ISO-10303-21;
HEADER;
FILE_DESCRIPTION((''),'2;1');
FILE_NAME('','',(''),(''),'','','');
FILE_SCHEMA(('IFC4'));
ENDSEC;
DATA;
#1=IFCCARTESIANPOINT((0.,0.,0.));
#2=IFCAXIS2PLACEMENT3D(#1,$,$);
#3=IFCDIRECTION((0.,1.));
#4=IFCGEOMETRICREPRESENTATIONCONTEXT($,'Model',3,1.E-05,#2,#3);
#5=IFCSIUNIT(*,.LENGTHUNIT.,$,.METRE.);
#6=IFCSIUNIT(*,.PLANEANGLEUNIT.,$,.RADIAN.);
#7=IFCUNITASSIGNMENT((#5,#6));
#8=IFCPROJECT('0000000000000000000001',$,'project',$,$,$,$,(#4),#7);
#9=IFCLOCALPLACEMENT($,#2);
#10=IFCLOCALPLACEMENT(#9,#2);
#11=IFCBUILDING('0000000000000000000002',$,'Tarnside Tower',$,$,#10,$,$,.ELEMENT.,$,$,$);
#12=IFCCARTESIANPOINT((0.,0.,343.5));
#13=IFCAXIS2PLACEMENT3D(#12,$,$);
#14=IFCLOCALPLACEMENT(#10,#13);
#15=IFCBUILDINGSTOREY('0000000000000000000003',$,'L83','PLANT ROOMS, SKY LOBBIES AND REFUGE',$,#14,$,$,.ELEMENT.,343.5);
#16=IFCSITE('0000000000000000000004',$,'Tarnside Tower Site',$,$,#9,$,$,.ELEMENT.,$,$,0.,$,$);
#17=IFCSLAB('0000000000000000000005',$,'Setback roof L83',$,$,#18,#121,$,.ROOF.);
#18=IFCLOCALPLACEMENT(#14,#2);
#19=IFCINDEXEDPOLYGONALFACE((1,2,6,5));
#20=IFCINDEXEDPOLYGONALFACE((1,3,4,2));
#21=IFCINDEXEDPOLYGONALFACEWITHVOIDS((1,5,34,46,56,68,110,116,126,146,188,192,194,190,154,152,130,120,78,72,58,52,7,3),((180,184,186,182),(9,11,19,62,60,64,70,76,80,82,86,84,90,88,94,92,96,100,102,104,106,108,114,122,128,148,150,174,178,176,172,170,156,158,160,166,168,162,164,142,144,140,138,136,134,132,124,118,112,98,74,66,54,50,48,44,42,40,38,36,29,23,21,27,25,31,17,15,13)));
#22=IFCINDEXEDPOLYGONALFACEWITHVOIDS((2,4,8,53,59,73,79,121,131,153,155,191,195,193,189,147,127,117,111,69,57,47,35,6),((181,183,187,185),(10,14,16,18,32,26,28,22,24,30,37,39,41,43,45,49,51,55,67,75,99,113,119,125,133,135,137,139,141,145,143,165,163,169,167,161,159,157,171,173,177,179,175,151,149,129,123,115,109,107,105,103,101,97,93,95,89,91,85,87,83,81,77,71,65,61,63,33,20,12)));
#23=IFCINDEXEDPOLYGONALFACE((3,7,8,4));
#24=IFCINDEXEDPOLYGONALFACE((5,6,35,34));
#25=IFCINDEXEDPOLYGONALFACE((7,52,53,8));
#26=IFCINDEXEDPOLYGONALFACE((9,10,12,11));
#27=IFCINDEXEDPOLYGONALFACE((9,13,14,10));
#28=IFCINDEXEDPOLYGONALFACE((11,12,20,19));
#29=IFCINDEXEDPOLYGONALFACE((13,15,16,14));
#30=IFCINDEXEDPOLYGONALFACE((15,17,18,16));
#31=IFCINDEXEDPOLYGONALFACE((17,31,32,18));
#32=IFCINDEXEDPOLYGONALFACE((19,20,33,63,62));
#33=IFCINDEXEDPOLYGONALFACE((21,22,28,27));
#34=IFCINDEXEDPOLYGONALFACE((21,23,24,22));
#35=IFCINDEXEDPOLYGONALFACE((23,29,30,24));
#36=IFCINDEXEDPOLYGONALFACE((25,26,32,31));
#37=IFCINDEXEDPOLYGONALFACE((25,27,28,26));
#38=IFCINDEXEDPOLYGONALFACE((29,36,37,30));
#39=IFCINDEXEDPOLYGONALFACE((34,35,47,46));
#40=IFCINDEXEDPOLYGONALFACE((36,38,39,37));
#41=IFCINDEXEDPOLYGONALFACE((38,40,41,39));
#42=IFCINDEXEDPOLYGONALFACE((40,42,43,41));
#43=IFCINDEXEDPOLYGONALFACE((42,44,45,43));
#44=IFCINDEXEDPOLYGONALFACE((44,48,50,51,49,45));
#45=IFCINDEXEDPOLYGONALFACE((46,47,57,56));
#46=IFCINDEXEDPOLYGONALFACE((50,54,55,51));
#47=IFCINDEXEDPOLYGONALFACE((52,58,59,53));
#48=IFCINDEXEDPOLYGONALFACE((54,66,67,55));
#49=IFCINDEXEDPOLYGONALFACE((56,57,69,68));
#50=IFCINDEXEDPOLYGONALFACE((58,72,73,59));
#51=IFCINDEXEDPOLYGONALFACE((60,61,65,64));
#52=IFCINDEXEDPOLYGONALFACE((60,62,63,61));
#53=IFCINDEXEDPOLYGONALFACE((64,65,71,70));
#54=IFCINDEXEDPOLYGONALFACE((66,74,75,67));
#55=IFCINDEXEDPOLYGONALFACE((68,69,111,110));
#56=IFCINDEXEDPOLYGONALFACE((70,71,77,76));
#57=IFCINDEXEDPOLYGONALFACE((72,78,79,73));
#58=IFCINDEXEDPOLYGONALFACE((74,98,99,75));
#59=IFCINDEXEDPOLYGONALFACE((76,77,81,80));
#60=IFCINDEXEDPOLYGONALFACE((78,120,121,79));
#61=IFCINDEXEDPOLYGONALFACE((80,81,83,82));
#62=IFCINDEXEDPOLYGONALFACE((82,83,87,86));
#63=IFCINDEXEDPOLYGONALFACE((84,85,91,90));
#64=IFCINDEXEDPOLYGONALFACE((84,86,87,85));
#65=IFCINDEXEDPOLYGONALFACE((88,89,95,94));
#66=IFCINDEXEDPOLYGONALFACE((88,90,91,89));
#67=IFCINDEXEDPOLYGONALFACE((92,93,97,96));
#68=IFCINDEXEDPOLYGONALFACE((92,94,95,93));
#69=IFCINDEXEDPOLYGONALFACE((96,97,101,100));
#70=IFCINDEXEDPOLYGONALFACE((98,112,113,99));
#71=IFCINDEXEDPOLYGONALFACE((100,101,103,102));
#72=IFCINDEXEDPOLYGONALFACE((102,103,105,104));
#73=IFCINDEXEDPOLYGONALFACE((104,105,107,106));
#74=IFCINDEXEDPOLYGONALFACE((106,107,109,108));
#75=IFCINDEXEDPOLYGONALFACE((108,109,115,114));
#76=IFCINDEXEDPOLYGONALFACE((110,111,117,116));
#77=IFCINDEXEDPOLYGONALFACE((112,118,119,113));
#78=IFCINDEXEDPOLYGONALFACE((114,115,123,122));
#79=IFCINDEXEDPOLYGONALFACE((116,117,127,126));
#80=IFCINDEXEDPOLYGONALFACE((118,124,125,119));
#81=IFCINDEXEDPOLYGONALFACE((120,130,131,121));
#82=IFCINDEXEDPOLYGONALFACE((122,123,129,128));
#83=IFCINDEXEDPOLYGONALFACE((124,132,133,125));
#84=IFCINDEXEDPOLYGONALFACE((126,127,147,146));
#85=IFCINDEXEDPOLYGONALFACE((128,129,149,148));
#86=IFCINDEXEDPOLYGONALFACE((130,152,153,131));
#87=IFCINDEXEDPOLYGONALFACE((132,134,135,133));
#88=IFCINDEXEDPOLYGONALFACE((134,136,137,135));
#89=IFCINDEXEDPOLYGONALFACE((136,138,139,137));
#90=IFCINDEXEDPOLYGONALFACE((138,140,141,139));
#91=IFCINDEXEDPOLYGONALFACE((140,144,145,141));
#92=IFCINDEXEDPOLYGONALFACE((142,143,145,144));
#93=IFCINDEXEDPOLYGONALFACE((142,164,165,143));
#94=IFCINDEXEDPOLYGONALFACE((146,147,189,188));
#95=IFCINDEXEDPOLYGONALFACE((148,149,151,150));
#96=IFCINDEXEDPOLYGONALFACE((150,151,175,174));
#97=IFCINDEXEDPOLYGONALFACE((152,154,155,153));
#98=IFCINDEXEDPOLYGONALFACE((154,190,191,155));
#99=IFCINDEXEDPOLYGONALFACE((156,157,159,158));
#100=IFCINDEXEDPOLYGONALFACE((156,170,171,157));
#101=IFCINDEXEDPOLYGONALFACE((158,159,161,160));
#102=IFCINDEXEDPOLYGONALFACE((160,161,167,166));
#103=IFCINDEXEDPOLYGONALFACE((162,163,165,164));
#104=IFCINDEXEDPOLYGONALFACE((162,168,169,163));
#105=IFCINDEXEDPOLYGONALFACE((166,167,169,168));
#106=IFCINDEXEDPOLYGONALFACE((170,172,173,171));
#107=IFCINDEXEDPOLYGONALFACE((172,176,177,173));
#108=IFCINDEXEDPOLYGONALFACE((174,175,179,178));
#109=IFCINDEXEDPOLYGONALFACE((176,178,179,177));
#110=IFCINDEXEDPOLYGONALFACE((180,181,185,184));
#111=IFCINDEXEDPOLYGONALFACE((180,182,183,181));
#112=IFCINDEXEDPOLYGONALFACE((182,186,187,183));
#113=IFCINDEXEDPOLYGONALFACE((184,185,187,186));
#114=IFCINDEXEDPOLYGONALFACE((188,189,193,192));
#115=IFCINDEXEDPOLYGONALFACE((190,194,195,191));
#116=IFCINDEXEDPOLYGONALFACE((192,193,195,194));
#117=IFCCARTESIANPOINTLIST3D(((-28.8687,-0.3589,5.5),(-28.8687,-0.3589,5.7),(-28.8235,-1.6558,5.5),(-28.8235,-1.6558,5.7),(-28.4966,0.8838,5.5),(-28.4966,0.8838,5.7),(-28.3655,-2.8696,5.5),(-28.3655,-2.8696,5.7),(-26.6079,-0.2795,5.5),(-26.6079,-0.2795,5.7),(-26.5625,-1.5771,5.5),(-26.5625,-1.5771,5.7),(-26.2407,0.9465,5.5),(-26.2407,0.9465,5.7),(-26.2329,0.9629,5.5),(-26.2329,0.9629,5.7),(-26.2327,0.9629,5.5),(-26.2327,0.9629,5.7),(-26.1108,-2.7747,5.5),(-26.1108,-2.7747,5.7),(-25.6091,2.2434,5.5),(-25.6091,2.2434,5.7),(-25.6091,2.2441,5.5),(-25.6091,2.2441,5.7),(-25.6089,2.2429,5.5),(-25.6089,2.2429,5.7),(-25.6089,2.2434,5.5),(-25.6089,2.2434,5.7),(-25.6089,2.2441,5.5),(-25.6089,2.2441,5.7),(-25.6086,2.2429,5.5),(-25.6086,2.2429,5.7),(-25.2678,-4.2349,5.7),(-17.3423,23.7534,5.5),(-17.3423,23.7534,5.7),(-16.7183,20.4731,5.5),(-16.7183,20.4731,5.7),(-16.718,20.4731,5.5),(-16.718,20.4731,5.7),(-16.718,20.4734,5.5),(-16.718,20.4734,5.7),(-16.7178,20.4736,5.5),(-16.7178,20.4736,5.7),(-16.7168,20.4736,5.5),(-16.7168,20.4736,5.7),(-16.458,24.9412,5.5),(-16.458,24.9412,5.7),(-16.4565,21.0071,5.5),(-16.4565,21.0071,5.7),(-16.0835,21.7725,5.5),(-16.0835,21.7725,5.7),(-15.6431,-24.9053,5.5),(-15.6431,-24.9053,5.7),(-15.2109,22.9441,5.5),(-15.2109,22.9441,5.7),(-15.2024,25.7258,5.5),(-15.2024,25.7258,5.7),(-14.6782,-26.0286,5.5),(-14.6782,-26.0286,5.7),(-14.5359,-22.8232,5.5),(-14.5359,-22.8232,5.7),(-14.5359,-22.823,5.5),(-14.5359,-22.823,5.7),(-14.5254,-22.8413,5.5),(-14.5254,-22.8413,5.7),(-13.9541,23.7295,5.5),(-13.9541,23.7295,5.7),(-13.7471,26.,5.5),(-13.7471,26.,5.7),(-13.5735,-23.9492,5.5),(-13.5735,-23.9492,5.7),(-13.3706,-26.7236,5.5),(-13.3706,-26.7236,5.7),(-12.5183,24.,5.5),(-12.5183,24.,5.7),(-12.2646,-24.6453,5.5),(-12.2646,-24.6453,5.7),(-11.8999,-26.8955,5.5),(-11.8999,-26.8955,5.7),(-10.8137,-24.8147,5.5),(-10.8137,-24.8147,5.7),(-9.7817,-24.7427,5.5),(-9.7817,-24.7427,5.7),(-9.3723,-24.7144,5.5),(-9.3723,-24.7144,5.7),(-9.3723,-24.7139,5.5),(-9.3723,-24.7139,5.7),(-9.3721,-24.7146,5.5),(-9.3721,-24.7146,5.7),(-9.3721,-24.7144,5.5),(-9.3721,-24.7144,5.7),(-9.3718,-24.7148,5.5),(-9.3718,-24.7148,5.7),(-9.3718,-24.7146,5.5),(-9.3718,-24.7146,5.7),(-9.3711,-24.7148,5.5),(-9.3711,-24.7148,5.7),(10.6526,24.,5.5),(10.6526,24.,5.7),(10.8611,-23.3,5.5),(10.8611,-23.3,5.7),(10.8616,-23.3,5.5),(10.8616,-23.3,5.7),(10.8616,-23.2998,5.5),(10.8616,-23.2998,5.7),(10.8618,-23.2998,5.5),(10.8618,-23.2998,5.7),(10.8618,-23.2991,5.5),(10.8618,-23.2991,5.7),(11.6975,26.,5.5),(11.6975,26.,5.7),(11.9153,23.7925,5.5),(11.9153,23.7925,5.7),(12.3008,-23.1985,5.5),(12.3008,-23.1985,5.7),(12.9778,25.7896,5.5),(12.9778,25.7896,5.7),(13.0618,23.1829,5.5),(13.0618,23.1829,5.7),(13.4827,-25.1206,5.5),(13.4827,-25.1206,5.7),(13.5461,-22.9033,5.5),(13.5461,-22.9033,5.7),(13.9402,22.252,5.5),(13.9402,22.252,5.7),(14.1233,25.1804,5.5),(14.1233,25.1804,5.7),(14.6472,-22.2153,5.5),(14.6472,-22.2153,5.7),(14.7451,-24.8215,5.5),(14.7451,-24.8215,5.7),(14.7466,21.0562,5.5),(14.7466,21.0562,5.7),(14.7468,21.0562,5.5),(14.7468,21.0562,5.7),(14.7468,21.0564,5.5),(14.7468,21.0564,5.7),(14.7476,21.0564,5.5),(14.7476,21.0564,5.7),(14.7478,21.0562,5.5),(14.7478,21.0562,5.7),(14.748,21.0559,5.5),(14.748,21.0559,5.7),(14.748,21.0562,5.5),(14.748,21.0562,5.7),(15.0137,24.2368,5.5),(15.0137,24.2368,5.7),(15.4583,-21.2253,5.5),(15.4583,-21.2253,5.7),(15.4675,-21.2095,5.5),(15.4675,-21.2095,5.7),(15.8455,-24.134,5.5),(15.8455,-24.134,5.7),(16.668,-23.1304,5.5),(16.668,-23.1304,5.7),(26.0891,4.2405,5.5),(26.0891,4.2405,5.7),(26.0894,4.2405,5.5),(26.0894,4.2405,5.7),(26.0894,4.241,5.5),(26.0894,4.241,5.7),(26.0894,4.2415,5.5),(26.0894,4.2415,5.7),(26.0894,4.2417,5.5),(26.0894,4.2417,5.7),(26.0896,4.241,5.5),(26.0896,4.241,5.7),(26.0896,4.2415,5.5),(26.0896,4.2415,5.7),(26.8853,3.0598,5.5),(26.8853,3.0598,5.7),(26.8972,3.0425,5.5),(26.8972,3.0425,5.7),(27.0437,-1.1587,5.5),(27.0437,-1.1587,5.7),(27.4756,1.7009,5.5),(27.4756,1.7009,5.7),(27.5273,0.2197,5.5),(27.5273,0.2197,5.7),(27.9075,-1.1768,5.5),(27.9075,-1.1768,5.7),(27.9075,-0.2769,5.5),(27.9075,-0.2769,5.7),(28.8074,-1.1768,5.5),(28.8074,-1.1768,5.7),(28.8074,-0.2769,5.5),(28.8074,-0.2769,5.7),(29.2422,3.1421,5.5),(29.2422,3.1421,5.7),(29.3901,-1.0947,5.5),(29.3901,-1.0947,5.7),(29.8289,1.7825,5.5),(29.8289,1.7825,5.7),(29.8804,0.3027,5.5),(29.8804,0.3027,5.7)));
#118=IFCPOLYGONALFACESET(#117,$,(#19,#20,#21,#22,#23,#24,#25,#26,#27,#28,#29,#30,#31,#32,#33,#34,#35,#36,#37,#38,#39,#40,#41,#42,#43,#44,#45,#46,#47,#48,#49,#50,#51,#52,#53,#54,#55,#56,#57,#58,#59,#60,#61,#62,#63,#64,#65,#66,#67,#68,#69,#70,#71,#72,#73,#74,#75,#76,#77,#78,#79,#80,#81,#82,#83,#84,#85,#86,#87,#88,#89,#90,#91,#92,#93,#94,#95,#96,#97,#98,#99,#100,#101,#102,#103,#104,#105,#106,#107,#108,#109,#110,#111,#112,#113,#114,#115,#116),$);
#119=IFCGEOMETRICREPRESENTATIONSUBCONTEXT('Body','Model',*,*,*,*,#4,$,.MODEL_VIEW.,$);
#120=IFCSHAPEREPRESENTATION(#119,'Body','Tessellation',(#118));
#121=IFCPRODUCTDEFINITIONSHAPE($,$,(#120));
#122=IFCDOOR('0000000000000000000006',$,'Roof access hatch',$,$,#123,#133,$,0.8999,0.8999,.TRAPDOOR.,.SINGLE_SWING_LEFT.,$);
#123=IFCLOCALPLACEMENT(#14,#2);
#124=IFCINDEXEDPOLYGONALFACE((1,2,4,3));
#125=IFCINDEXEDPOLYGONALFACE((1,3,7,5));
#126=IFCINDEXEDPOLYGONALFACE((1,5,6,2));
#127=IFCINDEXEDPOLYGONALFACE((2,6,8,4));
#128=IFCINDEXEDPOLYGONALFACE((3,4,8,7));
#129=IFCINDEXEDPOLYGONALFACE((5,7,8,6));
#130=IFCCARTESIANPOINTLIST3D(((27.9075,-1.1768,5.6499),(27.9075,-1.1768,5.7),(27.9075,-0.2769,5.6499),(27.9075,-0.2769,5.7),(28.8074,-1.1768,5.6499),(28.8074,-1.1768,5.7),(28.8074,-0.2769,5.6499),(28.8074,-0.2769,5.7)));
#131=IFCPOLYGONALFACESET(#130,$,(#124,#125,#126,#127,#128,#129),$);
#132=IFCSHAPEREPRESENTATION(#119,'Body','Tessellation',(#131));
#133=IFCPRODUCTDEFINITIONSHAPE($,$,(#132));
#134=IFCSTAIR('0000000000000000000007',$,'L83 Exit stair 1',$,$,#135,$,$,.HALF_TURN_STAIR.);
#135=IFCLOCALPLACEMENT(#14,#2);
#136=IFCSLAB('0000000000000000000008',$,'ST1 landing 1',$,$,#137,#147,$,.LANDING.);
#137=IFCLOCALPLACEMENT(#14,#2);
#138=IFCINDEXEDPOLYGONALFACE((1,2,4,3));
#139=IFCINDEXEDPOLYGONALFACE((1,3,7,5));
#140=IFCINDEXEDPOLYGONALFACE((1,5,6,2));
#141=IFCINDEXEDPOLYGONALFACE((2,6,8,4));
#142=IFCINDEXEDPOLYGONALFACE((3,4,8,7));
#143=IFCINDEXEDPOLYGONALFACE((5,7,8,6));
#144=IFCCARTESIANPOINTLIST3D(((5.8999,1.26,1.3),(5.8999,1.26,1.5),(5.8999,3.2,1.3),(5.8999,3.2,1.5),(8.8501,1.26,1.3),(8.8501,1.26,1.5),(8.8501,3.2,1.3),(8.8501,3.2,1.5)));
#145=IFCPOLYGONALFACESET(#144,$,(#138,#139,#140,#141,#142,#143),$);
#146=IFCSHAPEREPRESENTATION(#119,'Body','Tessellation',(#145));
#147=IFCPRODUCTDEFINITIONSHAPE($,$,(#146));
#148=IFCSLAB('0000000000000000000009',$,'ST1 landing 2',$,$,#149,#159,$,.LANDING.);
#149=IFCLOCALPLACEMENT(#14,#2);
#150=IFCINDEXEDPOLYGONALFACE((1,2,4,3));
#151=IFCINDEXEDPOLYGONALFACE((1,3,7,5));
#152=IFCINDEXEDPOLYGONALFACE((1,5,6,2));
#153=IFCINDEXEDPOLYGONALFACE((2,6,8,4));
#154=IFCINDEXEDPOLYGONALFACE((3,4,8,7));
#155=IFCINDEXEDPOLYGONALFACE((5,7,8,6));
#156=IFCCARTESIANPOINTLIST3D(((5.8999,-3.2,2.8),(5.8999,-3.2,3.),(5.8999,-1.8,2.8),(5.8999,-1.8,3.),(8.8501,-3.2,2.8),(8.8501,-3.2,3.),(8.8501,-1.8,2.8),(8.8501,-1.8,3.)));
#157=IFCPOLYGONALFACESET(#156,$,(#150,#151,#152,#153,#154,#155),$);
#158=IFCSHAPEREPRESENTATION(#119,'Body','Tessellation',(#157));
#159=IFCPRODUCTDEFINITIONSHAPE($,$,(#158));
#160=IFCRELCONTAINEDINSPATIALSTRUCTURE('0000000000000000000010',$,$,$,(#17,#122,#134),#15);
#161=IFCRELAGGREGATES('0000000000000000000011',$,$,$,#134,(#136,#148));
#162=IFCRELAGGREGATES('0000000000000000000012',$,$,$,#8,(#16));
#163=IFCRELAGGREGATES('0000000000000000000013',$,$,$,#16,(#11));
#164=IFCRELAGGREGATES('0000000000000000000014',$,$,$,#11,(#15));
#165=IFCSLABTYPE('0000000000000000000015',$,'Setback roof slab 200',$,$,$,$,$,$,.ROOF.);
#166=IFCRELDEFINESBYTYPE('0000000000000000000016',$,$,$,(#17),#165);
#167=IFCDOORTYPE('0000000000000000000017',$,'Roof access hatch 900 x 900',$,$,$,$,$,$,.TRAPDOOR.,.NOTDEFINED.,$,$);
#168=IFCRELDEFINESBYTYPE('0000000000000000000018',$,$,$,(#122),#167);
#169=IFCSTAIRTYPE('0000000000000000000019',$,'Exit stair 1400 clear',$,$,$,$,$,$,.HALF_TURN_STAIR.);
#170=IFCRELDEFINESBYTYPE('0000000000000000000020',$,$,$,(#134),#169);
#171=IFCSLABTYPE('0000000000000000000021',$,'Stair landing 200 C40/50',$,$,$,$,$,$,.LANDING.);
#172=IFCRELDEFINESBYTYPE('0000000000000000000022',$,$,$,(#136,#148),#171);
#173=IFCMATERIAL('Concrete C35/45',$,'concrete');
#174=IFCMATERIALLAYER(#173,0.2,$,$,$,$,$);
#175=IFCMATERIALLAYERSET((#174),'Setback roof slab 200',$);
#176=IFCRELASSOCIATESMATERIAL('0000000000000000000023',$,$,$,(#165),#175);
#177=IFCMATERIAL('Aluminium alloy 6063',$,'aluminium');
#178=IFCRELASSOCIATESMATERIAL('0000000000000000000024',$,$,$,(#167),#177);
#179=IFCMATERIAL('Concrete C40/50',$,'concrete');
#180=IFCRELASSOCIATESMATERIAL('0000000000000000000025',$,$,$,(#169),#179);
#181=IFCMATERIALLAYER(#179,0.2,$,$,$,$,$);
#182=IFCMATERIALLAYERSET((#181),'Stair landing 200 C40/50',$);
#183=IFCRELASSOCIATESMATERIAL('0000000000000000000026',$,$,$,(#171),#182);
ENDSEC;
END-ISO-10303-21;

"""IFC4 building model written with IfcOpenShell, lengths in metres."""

from ifc_helpers import new_model, si_unit, direction, frame, origin, origin_2d, place, context, subcontext, project, spatial, polyline, rectangle, outline, extrude, material, layer, layer_set, type_object, element, fill, aggregate, save


model = new_model("IFC4")

# Units and contexts
model_context = context("Model", 3, precision=1e-05, world=origin(), true_north=direction((0.0, 1.0)))
body_context = subcontext(model_context, "Body", "Model", "MODEL_VIEW")
ifc_project = project(units=[si_unit("LENGTHUNIT", "METRE"), si_unit("PLANEANGLEUNIT", "RADIAN")], contexts=[model_context])

# Site, building, storey
site_placement = place(None, origin())
site = spatial("IfcSite", under=ifc_project, at=site_placement, Name="Tarnside Tower Site", CompositionType="ELEMENT", RefElevation=0.0)
building_placement = place(site_placement, origin())
building = spatial("IfcBuilding", under=site, at=building_placement, Name="Tarnside Tower", CompositionType="ELEMENT")
storey_placement = place(building_placement, frame((0.0, 0.0, 343.5)))
storey = spatial("IfcBuildingStorey", under=building, at=storey_placement, Name="L83", Description="PLANT ROOMS, SKY LOBBIES AND REFUGE", CompositionType="ELEMENT", Elevation=343.5)

# Shared definitions
ifc_material_1 = material(Name="Concrete C35/45", Category="concrete")
ifc_material_2 = material(Name="Concrete C40/50", Category="concrete")

# Slab, opening, door
ifc_layer_1 = layer(ifc_material_1, 0.2)
ifc_layer_set_1 = layer_set([ifc_layer_1], Name="Setback roof slab 200")
slab_type_1 = type_object("IfcSlabType", Name="Setback roof slab 200", PredefinedType="ROOF", material=ifc_layer_set_1)
slab_1_placement = place(storey_placement, frame((0.0, 0.0, 5.5)))
slab_1 = element("IfcSlab", 1, at=slab_1_placement, inside=storey, type_object=slab_type_1, Name="Setback roof L83", PredefinedType="ROOF", context=body_context, shape_type="SweptSolid", body=[
    extrude(outline(polyline([(14.1233, 25.1804), (15.0137, 24.2368), (29.2422, 3.1421), (29.8289, 1.7825), (29.8804, 0.3027), (29.3901, -1.0947), (16.668, -23.1304), (15.8455, -24.134), (14.7451, -24.8215), (13.4827, -25.1206), (-11.8999, -26.8955), (-13.3706, -26.7236), (-14.6782, -26.0286), (-15.6431, -24.9053), (-28.3655, -2.8696), (-28.8235, -1.6558), (-28.8687, -0.3589), (-28.4966, 0.8838), (-17.3423, 23.7534), (-16.458, 24.9412), (-15.2024, 25.7258), (-13.7471, 26.0), (11.6975, 26.0), (12.9778, 25.7896), (14.1233, 25.1804)]), holes=[polyline([(10.6526, 24.0), (10.6343, 24.0), (-12.4973, 24.0), (-12.5183, 24.0), (-13.9541, 23.7295), (-15.2109, 22.9441), (-16.0835, 21.7725), (-16.4565, 21.0071), (-16.7168, 20.4736), (-16.7168, 20.4736), (-16.717, 20.4736), (-16.717, 20.4736), (-16.7173, 20.4736), (-16.7173, 20.4736), (-16.7173, 20.4736), (-16.7175, 20.4736), (-16.7175, 20.4736), (-16.7178, 20.4736), (-16.7178, 20.4736), (-16.7178, 20.4736), (-16.718, 20.4734), (-16.718, 20.4734), (-16.718, 20.4734), (-16.718, 20.4731), (-16.7183, 20.4731), (-25.6089, 2.2441), (-25.6091, 2.2441), (-25.6091, 2.2439), (-25.6091, 2.2439), (-25.6091, 2.2439), (-25.6091, 2.2437), (-25.6091, 2.2437), (-25.6091, 2.2434), (-25.6091, 2.2434), (-25.6089, 2.2434), (-25.6089, 2.2432), (-25.6089, 2.2432), (-25.6089, 2.2432), (-25.6089, 2.2429), (-25.6086, 2.2429), (-25.6086, 2.2429), (-25.6086, 2.2429), (-26.2327, 0.9629), (-26.2329, 0.9629), (-26.2407, 0.9465), (-26.6079, -0.2795), (-26.5625, -1.5771), (-26.1108, -2.7747), (-25.2678, -4.2349), (-14.5359, -22.823), (-14.5359, -22.8232), (-14.5254, -22.8413), (-13.5735, -23.9492), (-12.2646, -24.6453), (-10.8137, -24.8147), (-9.7817, -24.7427), (-9.3723, -24.7139), (-9.3723, -24.7141), (-9.3723, -24.7141), (-9.3723, -24.7144), (-9.3721, -24.7144), (-9.3721, -24.7144), (-9.3721, -24.7146), (-9.3721, -24.7146), (-9.3718, -24.7146), (-9.3718, -24.7148), (-9.3718, -24.7148), (-9.3716, -24.7148), (-9.3716, -24.7148), (-9.3716, -24.7148), (-9.3713, -24.7148), (-9.3713, -24.7148), (-9.3711, -24.7148), (10.8611, -23.3), (10.8611, -23.3), (10.8611, -23.3), (10.8613, -23.3), (10.8613, -23.3), (10.8613, -23.3), (10.8616, -23.3), (10.8616, -23.2998), (10.8616, -23.2998), (10.8618, -23.2998), (10.8618, -23.2996), (10.8618, -23.2996), (10.8618, -23.2996), (10.8618, -23.2993), (10.8618, -23.2993), (10.8618, -23.2991), (10.8618, -23.2991), (11.4763, -23.2561), (12.3008, -23.1985), (13.5461, -22.9033), (14.6472, -22.2153), (15.4583, -21.2253), (15.4675, -21.2095), (15.4675, -21.2095), (21.5127, -10.7388), (27.0437, -1.1587), (27.5273, 0.2197), (27.4756, 1.7009), (26.8972, 3.0425), (26.8853, 3.0598), (26.8853, 3.0598), (26.0891, 4.2405), (26.0891, 4.2405), (26.0891, 4.2405), (26.0894, 4.2405), (26.0894, 4.2407), (26.0894, 4.2407), (26.0894, 4.2407), (26.0894, 4.241), (26.0896, 4.241), (26.0896, 4.2412), (26.0896, 4.2412), (26.0896, 4.2412), (26.0896, 4.2415), (26.0894, 4.2415), (26.0894, 4.2417), (26.0894, 4.2417), (26.0894, 4.2417), (14.748, 21.0559), (14.748, 21.0562), (14.7478, 21.0562), (14.7478, 21.0562), (14.7478, 21.0562), (14.7476, 21.0564), (14.7476, 21.0564), (14.7476, 21.0564), (14.7473, 21.0564), (14.7473, 21.0564), (14.7471, 21.0564), (14.7471, 21.0564), (14.7471, 21.0564), (14.7468, 21.0564), (14.7468, 21.0564), (14.7468, 21.0562), (14.7466, 21.0562), (13.9402, 22.252), (13.0618, 23.1829), (11.9153, 23.7925), (10.6526, 24.0)])]), origin(), (0.0, 0.0, 1.0), 0.2),
])
opening_1_placement = place(slab_1_placement, frame((28.3574, -0.7268, 0.0)))
opening_1 = element("IfcOpeningElement", 2, at=opening_1_placement, cuts=slab_1, PredefinedType="OPENING", context=body_context, shape_type="SweptSolid", body=[
    extrude(rectangle(XDim=0.8999, YDim=0.8999, at=origin_2d()), origin(), (0.0, 0.0, 1.0), 0.2),
])
ifc_material_3 = material(Name="Aluminium alloy 6063", Category="aluminium")
door_type_1 = type_object("IfcDoorType", Name="Roof access hatch 900 x 900", OperationType="NOTDEFINED", PredefinedType="TRAPDOOR", material=ifc_material_3)
door_1_placement = place(opening_1_placement, frame((0.0, 0.0, 0.1499)))
door_1 = element("IfcDoor", 3, at=door_1_placement, inside=storey, type_object=door_type_1, Name="Roof access hatch", OperationType="SINGLE_SWING_LEFT", OverallHeight=0.8999, OverallWidth=0.8999, PredefinedType="TRAPDOOR", context=body_context, shape_type="SweptSolid", body=[
    extrude(rectangle(XDim=0.8999, YDim=0.8999, at=origin_2d()), origin(), (0.0, 0.0, 1.0), 0.05),
])
fill(opening_1, door_1)

# Stair, slabs
stair_type = type_object("IfcStairType", Name="Exit stair 1400 clear", PredefinedType="HALF_TURN_STAIR", material=ifc_material_2)
stair_1_placement = place(storey_placement, origin())
stair_1 = element("IfcStair", 4, at=stair_1_placement, inside=storey, type_object=stair_type, Name="L83 Exit stair 1", PredefinedType="HALF_TURN_STAIR")
ifc_layer_2 = layer(ifc_material_2, 0.2)
ifc_layer_set_2 = layer_set([ifc_layer_2], Name="Stair landing 200 C40/50")
slab_type_2 = type_object("IfcSlabType", Name="Stair landing 200 C40/50", PredefinedType="LANDING", material=ifc_layer_set_2)
slab_2_placement = place(storey_placement, frame((0.0, 0.0, 1.3)))
slab_2 = element("IfcSlab", 5, at=slab_2_placement, type_object=slab_type_2, Name="ST1 landing 1", PredefinedType="LANDING", context=body_context, shape_type="SweptSolid", body=[
    extrude(outline(polyline([(8.8501, 1.26), (8.8501, 3.2), (5.8999, 3.2), (5.8999, 1.26), (8.8501, 1.26)])), origin(), (0.0, 0.0, 1.0), 0.2),
])
slab_3_placement = place(storey_placement, frame((0.0, 0.0, 2.8)))
slab_3 = element("IfcSlab", 6, at=slab_3_placement, type_object=slab_type_2, Name="ST1 landing 2", PredefinedType="LANDING", context=body_context, shape_type="SweptSolid", body=[
    extrude(outline(polyline([(8.8501, -3.2), (8.8501, -1.8), (5.8999, -1.8), (5.8999, -3.2), (8.8501, -3.2)])), origin(), (0.0, 0.0, 1.0), 0.2),
])
aggregate(stair_1, [slab_2, slab_3])

save(model, "model.ifc")
